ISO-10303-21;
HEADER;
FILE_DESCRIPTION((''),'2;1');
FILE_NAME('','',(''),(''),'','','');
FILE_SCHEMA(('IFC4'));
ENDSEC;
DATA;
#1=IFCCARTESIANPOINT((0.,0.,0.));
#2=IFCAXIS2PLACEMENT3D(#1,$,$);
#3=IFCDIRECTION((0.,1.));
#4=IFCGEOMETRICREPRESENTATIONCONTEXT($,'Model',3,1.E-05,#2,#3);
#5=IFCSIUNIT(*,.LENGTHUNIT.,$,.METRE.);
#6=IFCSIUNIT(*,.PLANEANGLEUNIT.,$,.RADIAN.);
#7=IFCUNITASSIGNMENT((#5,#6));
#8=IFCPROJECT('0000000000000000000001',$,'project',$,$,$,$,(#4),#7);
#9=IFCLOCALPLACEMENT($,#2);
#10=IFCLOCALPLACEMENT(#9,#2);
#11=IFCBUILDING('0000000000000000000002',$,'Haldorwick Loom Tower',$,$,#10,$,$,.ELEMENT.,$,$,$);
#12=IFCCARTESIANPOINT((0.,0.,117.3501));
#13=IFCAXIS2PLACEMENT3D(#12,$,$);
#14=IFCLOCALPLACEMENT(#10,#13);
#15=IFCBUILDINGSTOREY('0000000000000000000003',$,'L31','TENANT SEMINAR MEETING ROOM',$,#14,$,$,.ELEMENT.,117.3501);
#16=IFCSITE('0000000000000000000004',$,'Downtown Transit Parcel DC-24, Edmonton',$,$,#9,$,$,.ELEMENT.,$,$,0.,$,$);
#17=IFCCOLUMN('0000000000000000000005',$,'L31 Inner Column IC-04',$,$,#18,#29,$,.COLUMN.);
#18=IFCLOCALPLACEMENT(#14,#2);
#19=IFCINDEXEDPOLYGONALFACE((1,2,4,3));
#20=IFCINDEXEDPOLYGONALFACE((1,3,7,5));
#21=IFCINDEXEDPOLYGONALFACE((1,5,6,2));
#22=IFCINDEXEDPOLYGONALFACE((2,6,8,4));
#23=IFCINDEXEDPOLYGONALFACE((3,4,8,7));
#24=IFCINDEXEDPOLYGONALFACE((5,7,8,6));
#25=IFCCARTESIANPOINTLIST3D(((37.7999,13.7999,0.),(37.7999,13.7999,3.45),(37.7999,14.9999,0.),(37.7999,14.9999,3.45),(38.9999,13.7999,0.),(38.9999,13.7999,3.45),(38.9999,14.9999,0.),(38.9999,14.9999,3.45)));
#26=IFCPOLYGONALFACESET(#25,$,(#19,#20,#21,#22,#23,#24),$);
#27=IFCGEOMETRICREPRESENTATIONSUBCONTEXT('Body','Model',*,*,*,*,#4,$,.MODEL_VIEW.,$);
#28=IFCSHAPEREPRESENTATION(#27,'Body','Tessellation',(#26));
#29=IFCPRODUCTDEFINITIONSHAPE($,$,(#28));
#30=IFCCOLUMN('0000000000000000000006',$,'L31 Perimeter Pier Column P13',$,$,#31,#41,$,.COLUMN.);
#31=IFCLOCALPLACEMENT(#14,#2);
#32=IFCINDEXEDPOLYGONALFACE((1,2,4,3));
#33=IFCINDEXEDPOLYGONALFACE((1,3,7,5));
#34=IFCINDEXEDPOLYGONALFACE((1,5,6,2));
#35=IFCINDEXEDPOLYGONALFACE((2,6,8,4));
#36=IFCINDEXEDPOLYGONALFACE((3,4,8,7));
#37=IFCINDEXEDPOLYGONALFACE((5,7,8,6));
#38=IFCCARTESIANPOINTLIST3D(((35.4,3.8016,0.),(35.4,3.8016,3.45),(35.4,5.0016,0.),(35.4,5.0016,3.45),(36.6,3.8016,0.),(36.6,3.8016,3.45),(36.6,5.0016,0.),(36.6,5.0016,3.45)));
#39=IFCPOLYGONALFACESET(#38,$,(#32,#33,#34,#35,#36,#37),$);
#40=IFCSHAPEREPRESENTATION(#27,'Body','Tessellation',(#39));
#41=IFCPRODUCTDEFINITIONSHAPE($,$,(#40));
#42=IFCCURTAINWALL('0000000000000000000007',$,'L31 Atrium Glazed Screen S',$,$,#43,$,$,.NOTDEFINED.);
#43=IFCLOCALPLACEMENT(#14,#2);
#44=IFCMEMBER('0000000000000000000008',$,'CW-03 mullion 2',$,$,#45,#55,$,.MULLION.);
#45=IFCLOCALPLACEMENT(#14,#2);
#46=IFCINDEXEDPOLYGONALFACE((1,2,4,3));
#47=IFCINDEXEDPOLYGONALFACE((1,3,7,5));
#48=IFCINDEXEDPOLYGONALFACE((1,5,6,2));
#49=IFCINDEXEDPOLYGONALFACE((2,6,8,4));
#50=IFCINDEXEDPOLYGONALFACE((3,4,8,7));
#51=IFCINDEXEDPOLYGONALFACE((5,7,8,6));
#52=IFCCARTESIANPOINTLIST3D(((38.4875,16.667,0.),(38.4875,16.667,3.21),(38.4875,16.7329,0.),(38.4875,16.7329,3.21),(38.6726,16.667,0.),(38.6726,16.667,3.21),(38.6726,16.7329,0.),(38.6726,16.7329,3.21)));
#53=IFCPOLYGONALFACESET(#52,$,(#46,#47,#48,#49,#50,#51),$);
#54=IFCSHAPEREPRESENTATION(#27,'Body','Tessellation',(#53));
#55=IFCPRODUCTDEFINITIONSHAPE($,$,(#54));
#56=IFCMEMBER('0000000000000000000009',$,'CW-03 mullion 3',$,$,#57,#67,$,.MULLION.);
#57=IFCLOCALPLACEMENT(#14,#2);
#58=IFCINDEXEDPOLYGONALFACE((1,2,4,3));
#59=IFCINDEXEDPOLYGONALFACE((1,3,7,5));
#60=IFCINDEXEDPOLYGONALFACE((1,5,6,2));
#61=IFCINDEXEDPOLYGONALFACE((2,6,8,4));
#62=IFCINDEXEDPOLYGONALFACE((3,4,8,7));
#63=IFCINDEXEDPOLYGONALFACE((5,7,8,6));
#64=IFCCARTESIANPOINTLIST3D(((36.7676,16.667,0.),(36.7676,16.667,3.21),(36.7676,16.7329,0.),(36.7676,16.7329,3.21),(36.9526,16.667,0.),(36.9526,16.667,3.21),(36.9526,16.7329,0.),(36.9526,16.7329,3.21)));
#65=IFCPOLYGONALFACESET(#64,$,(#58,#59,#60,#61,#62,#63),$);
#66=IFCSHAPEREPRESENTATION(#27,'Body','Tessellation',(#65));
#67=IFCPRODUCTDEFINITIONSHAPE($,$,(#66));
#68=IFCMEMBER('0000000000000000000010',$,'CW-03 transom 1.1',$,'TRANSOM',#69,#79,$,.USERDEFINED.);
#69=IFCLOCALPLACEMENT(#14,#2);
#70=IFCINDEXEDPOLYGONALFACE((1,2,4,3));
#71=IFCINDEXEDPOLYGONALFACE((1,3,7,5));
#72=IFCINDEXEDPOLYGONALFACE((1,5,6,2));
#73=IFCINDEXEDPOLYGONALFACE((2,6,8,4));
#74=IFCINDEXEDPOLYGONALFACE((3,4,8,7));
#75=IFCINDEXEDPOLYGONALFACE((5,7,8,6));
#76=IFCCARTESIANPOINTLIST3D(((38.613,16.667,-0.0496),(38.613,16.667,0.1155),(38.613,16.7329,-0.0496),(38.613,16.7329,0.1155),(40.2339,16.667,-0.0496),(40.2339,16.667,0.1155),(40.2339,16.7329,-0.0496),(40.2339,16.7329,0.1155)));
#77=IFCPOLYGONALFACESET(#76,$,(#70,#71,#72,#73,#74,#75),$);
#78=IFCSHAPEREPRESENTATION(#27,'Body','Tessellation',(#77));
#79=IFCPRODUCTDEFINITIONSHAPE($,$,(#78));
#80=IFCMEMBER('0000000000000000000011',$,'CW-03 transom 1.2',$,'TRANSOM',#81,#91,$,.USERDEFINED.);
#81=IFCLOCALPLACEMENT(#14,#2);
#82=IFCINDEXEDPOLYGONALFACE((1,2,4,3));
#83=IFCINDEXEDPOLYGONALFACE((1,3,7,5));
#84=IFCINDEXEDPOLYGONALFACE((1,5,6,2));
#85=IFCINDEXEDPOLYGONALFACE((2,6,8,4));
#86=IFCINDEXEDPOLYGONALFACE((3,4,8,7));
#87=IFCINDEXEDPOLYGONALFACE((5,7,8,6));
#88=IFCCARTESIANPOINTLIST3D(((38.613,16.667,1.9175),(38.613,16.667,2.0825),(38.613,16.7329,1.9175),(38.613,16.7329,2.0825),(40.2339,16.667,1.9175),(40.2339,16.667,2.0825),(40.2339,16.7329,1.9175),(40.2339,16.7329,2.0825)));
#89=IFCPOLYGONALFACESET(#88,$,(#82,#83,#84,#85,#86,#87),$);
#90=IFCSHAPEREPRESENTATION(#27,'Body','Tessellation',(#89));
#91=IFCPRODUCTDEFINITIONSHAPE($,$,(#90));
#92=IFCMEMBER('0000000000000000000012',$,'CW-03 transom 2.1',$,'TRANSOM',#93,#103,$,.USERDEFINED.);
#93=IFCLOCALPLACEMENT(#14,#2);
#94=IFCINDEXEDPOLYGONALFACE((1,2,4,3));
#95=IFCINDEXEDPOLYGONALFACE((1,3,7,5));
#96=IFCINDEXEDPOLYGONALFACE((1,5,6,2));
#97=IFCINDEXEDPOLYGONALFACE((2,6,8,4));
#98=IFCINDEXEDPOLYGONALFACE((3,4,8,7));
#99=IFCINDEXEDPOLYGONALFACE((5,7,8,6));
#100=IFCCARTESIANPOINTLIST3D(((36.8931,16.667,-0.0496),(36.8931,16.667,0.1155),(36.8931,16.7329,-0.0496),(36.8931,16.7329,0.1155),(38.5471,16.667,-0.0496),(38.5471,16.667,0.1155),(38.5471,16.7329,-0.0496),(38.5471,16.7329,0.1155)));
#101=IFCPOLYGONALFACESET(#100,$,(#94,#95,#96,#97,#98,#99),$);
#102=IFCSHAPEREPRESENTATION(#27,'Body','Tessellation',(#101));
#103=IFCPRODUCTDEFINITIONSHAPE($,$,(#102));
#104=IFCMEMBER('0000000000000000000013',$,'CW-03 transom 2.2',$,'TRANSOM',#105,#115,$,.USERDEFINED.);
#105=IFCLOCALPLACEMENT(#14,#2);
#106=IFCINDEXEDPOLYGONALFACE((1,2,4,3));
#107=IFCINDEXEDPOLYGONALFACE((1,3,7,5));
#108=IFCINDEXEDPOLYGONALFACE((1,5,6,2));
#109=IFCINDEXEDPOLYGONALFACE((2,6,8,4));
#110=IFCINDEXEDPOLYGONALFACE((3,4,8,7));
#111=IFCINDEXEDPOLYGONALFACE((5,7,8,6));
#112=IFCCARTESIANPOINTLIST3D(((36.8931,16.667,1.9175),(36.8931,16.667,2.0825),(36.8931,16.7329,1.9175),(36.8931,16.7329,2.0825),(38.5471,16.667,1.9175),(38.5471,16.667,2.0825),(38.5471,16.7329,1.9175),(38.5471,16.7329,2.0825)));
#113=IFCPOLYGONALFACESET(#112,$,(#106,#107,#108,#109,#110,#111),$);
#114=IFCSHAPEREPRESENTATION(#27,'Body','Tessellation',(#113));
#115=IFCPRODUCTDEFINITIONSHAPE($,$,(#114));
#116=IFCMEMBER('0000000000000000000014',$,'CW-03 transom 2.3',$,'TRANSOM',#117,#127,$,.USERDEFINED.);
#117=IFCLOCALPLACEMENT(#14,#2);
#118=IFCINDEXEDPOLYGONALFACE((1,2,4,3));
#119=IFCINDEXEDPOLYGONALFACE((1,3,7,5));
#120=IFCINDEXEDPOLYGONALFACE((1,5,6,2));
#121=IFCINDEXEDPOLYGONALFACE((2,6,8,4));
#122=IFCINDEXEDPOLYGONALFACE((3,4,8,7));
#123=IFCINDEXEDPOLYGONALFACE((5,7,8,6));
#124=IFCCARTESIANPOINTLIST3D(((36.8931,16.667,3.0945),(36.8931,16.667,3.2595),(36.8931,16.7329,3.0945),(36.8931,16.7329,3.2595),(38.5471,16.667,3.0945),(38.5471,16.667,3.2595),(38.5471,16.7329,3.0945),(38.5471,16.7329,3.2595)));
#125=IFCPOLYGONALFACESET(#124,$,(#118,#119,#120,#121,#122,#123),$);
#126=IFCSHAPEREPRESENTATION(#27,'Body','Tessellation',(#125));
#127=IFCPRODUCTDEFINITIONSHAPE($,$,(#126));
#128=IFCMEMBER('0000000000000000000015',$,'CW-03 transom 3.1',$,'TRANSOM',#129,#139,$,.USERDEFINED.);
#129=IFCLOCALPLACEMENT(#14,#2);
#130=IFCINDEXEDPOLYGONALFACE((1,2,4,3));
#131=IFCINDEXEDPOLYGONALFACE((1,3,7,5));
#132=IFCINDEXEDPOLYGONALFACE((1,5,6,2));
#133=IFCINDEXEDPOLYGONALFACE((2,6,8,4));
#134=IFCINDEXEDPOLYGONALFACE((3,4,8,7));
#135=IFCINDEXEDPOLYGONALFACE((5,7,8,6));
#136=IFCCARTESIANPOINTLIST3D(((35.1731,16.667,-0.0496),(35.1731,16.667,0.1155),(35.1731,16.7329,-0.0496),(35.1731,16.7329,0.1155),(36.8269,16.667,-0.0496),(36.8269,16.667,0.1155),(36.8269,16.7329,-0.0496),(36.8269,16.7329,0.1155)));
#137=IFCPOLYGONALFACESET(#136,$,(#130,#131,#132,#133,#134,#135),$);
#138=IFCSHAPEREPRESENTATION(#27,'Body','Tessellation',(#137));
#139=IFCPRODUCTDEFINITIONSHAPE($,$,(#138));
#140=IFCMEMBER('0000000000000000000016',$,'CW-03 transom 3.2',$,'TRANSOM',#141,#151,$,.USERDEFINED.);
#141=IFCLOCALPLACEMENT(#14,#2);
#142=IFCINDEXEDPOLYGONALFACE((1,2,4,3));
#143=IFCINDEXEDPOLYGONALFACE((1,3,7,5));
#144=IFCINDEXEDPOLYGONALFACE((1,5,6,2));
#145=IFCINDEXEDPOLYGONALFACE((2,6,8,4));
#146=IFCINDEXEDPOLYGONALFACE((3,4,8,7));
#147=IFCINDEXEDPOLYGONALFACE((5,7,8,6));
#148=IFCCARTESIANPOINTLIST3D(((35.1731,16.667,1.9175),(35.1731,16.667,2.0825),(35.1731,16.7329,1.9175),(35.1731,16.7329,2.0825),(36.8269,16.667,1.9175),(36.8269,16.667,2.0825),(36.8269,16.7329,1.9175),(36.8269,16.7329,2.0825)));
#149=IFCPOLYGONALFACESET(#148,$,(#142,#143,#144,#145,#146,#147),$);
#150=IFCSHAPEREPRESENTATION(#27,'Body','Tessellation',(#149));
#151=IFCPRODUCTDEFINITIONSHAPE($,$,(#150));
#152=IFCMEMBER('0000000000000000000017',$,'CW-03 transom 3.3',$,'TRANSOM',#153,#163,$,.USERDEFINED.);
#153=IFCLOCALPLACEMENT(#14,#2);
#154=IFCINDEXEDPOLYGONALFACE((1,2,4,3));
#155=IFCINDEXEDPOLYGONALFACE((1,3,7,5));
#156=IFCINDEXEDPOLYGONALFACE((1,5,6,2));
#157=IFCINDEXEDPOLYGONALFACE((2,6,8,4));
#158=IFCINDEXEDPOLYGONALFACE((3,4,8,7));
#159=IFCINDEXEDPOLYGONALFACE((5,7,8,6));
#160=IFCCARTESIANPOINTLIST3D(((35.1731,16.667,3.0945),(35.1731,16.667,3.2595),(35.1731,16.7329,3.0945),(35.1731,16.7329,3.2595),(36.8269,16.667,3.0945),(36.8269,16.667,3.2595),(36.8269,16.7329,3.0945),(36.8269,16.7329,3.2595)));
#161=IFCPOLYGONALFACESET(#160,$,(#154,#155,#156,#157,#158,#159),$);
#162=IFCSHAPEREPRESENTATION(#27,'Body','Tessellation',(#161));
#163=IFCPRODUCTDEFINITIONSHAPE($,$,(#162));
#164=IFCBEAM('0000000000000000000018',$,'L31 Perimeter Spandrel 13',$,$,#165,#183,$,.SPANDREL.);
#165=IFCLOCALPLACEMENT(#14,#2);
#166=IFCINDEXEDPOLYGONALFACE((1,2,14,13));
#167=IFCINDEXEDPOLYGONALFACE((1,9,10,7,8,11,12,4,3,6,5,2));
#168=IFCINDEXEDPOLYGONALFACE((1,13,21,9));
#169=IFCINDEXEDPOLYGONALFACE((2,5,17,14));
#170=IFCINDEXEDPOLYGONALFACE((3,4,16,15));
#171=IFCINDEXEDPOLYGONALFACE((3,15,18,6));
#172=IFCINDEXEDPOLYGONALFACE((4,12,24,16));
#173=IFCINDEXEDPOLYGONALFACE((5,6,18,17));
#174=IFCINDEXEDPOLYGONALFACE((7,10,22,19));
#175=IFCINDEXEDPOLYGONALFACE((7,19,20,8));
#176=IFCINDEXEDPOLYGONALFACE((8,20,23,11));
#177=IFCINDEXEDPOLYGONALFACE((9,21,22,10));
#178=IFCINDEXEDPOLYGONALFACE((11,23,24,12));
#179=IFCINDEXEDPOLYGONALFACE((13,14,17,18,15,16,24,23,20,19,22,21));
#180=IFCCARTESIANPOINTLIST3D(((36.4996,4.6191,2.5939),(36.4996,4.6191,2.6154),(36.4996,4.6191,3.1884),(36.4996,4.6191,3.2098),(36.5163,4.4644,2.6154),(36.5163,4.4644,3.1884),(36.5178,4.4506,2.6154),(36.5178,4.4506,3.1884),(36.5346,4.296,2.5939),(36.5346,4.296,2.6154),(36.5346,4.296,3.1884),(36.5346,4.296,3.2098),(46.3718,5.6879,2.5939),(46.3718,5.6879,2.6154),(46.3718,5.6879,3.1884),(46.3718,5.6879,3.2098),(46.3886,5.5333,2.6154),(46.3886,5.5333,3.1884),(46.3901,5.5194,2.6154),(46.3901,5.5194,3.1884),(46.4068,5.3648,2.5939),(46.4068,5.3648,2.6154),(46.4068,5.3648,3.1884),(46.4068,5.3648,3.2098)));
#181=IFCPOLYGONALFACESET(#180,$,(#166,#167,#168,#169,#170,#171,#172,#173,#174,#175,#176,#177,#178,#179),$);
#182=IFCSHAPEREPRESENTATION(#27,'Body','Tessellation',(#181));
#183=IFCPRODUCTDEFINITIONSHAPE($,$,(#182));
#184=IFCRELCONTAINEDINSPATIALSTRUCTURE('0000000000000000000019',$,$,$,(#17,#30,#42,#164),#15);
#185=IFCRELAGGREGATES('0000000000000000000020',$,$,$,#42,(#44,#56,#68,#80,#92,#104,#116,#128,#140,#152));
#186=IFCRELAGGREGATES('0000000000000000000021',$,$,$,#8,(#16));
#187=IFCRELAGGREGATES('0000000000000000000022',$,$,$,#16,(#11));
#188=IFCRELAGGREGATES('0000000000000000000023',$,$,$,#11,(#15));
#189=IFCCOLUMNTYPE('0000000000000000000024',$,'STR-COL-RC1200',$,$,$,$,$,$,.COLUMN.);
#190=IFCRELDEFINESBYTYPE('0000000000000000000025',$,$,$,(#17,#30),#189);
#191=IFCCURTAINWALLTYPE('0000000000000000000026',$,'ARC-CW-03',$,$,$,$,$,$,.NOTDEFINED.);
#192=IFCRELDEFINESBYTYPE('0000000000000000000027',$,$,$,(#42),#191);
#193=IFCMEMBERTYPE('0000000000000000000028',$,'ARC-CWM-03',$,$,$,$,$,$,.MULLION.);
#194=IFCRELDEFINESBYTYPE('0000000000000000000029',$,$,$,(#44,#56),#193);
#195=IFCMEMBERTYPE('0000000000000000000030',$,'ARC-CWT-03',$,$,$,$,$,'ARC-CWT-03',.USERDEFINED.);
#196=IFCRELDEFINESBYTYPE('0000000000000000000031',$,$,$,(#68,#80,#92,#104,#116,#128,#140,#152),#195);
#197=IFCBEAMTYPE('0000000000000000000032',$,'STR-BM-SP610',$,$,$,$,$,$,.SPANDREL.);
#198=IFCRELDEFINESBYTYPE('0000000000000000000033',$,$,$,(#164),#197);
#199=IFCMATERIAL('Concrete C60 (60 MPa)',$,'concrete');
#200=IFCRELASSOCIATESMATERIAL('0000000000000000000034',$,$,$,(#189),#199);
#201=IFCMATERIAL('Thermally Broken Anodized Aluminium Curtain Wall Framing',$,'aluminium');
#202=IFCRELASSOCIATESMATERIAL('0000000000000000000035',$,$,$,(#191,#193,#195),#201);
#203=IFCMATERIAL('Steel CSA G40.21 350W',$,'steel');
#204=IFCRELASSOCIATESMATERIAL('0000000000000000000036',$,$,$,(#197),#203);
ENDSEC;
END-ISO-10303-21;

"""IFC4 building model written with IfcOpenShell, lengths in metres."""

from ifc_helpers import new_model, si_unit, direction, frame, origin, origin_2d, place, context, subcontext, project, spatial, rectangle, i_section, extrude, material, material_profile, profile_set, type_object, element, aggregate, save


model = new_model("IFC4")

# Units and contexts
model_context = context("Model", 3, precision=1e-05, world=origin(), true_north=direction((0.0, 1.0)))
body_context = subcontext(model_context, "Body", "Model", "MODEL_VIEW")
ifc_project = project(units=[si_unit("LENGTHUNIT", "METRE"), si_unit("PLANEANGLEUNIT", "RADIAN")], contexts=[model_context])

# Site, building, storey
site_placement = place(None, origin())
site = spatial("IfcSite", under=ifc_project, at=site_placement, Name="Downtown Transit Parcel DC-24, Edmonton", CompositionType="ELEMENT", RefElevation=0.0)
building_placement = place(site_placement, origin())
building = spatial("IfcBuilding", under=site, at=building_placement, Name="Haldorwick Loom Tower", CompositionType="ELEMENT")
storey_placement = place(building_placement, frame((0.0, 0.0, 117.3501)))
storey = spatial("IfcBuildingStorey", under=building, at=storey_placement, Name="L31", Description="TENANT SEMINAR MEETING ROOM", CompositionType="ELEMENT", Elevation=117.3501)

# Columns
ifc_material_1 = material(Name="Concrete C60 (60 MPa)", Category="concrete")
ifc_material_profile_1 = material_profile(ifc_material_1, rectangle(XDim=1.2, YDim=1.2, at=origin_2d()), Name="RC1200X1200", Category="concrete")
ifc_profile_set_1 = profile_set([ifc_material_profile_1], Name="Concrete C60 (60 MPa)")
column_type = type_object("IfcColumnType", Name="STR-COL-RC1200", PredefinedType="COLUMN", material=ifc_profile_set_1)
for number, where, z_axis, x_axis, name in (
    (1, (38.3999, 14.3999, 0.0), (0.0, 0.0, 1.0), (1.0, 0.0, 0.0), "L31 Inner Column IC-04"),
    (2, (36.0, 4.4016, 0.0), (0.0, 0.0, 1.0), (0.0, -1.0, 0.0), "L31 Perimeter Pier Column P13"),
):
    element("IfcColumn", number, at=place(storey_placement, frame(where, z_axis=z_axis, x_axis=x_axis)), inside=storey, type_object=column_type, Name=name, PredefinedType="COLUMN", context=body_context, shape_type="SweptSolid", body=[
        extrude(rectangle(XDim=1.2, YDim=1.2, at=origin_2d()), origin(), (0.0, 0.0, 1.0), 3.45),
    ])

# Curtain wall, members
ifc_material_2 = material(Name="Thermally Broken Anodized Aluminium Curtain Wall Framing", Category="aluminium")
curtain_wall_type = type_object("IfcCurtainWallType", Name="ARC-CW-03", PredefinedType="NOTDEFINED", material=ifc_material_2)
curtain_wall_placement = place(storey_placement, origin())
curtain_wall = element("IfcCurtainWall", 3, at=curtain_wall_placement, inside=storey, type_object=curtain_wall_type, Name="L31 Atrium Glazed Screen S", PredefinedType="NOTDEFINED")
ifc_material_profile_2 = material_profile(ifc_material_2, rectangle(XDim=0.0659, YDim=0.1851, at=origin_2d()), Name="ALU_MUL_66X185", Category="aluminium")
ifc_profile_set_2 = profile_set([ifc_material_profile_2], Name="Thermally Broken Anodized Aluminium Curtain Wall Framing")
member_type_1 = type_object("IfcMemberType", Name="ARC-CWM-03", PredefinedType="MULLION", material=ifc_profile_set_2)
member_1_placement = place(storey_placement, frame((38.5801, 16.7, 0.0), z_axis=(0.0, 0.0, 1.0), x_axis=(0.0, -1.0, 0.0)))
member_1 = element("IfcMember", 4, at=member_1_placement, type_object=member_type_1, Name="CW-03 mullion 2", PredefinedType="MULLION", context=body_context, shape_type="SweptSolid", body=[
    extrude(rectangle(XDim=0.0659, YDim=0.1851, at=origin_2d()), origin(), (0.0, 0.0, 1.0), 3.21),
])
member_2_placement = place(storey_placement, frame((36.8601, 16.7, 0.0), z_axis=(0.0, 0.0, 1.0), x_axis=(0.0, -1.0, 0.0)))
member_2 = element("IfcMember", 5, at=member_2_placement, type_object=member_type_1, Name="CW-03 mullion 3", PredefinedType="MULLION", context=body_context, shape_type="SweptSolid", body=[
    extrude(rectangle(XDim=0.0659, YDim=0.1851, at=origin_2d()), origin(), (0.0, 0.0, 1.0), 3.21),
])
ifc_material_profile_3 = material_profile(ifc_material_2, rectangle(XDim=0.0659, YDim=0.165, at=origin_2d()), Name="ALU_TRN_66X165", Category="aluminium")
ifc_profile_set_3 = profile_set([ifc_material_profile_3], Name="Thermally Broken Anodized Aluminium Curtain Wall Framing")
member_type_2 = type_object("IfcMemberType", Name="ARC-CWT-03", ElementType="ARC-CWT-03", PredefinedType="USERDEFINED", material=ifc_profile_set_3)
member_3_placement = place(storey_placement, frame((40.2339, 16.7, 0.033), z_axis=(-1.0, 0.0, 0.0), x_axis=(0.0, -1.0, 0.0)))
member_3 = element("IfcMember", 6, at=member_3_placement, type_object=member_type_2, Name="CW-03 transom 1.1", ObjectType="TRANSOM", PredefinedType="USERDEFINED", context=body_context, shape_type="SweptSolid", body=[
    extrude(rectangle(XDim=0.0659, YDim=0.165, at=origin_2d()), origin(), (0.0, 0.0, 1.0), 1.6208),
])
member_4_placement = place(storey_placement, frame((40.2339, 16.7, 2.0), z_axis=(-1.0, 0.0, 0.0), x_axis=(0.0, -1.0, 0.0)))
member_4 = element("IfcMember", 7, at=member_4_placement, type_object=member_type_2, Name="CW-03 transom 1.2", ObjectType="TRANSOM", PredefinedType="USERDEFINED", context=body_context, shape_type="SweptSolid", body=[
    extrude(rectangle(XDim=0.0659, YDim=0.165, at=origin_2d()), origin(), (0.0, 0.0, 1.0), 1.6208),
])
member_5_placement = place(storey_placement, frame((38.5471, 16.7, 0.033), z_axis=(-1.0, 0.0, 0.0), x_axis=(0.0, -1.0, 0.0)))
member_5 = element("IfcMember", 8, at=member_5_placement, type_object=member_type_2, Name="CW-03 transom 2.1", ObjectType="TRANSOM", PredefinedType="USERDEFINED", context=body_context, shape_type="SweptSolid", body=[
    extrude(rectangle(XDim=0.0659, YDim=0.165, at=origin_2d()), origin(), (0.0, 0.0, 1.0), 1.6541),
])
member_6_placement = place(storey_placement, frame((38.5471, 16.7, 2.0), z_axis=(-1.0, 0.0, 0.0), x_axis=(0.0, -1.0, 0.0)))
member_6 = element("IfcMember", 9, at=member_6_placement, type_object=member_type_2, Name="CW-03 transom 2.2", ObjectType="TRANSOM", PredefinedType="USERDEFINED", context=body_context, shape_type="SweptSolid", body=[
    extrude(rectangle(XDim=0.0659, YDim=0.165, at=origin_2d()), origin(), (0.0, 0.0, 1.0), 1.6541),
])
member_7_placement = place(storey_placement, frame((38.5471, 16.7, 3.177), z_axis=(-1.0, 0.0, 0.0), x_axis=(0.0, -1.0, 0.0)))
member_7 = element("IfcMember", 10, at=member_7_placement, type_object=member_type_2, Name="CW-03 transom 2.3", ObjectType="TRANSOM", PredefinedType="USERDEFINED", context=body_context, shape_type="SweptSolid", body=[
    extrude(rectangle(XDim=0.0659, YDim=0.165, at=origin_2d()), origin(), (0.0, 0.0, 1.0), 1.6541),
])
member_8_placement = place(storey_placement, frame((36.8269, 16.7, 0.033), z_axis=(-1.0, 0.0, 0.0), x_axis=(0.0, -1.0, 0.0)))
member_8 = element("IfcMember", 11, at=member_8_placement, type_object=member_type_2, Name="CW-03 transom 3.1", ObjectType="TRANSOM", PredefinedType="USERDEFINED", context=body_context, shape_type="SweptSolid", body=[
    extrude(rectangle(XDim=0.0659, YDim=0.165, at=origin_2d()), origin(), (0.0, 0.0, 1.0), 1.6538),
])
member_9_placement = place(storey_placement, frame((36.8269, 16.7, 2.0), z_axis=(-1.0, 0.0, 0.0), x_axis=(0.0, -1.0, 0.0)))
member_9 = element("IfcMember", 12, at=member_9_placement, type_object=member_type_2, Name="CW-03 transom 3.2", ObjectType="TRANSOM", PredefinedType="USERDEFINED", context=body_context, shape_type="SweptSolid", body=[
    extrude(rectangle(XDim=0.0659, YDim=0.165, at=origin_2d()), origin(), (0.0, 0.0, 1.0), 1.6538),
])
member_10_placement = place(storey_placement, frame((36.8269, 16.7, 3.177), z_axis=(-1.0, 0.0, 0.0), x_axis=(0.0, -1.0, 0.0)))
member_10 = element("IfcMember", 13, at=member_10_placement, type_object=member_type_2, Name="CW-03 transom 3.3", ObjectType="TRANSOM", PredefinedType="USERDEFINED", context=body_context, shape_type="SweptSolid", body=[
    extrude(rectangle(XDim=0.0659, YDim=0.165, at=origin_2d()), origin(), (0.0, 0.0, 1.0), 1.6538),
])

# Beam
ifc_material_3 = material(Name="Steel CSA G40.21 350W", Category="steel")
ifc_material_profile_4 = material_profile(ifc_material_3, i_section(OverallWidth=0.325, OverallDepth=0.616, WebThickness=0.0139, FlangeThickness=0.0215, at=origin_2d()), Name="W610X174", Category="steel")
ifc_profile_set_4 = profile_set([ifc_material_profile_4], Name="Steel CSA G40.21 350W")
beam_type_1 = type_object("IfcBeamType", Name="STR-BM-SP610", PredefinedType="SPANDREL", material=ifc_profile_set_4)
beam_1_placement = place(storey_placement, frame((36.5171, 4.4575, 2.9019), z_axis=(0.99419, 0.107638, 0.0), x_axis=(-0.107638, 0.99419, 0.0)))
element("IfcBeam", 14, at=beam_1_placement, inside=storey, type_object=beam_type_1, Name="L31 Perimeter Spandrel 13", PredefinedType="SPANDREL", context=body_context, shape_type="SweptSolid", body=[
    extrude(i_section(OverallWidth=0.325, OverallDepth=0.616, WebThickness=0.0139, FlangeThickness=0.0215, at=origin_2d()), origin(), (0.0, 0.0, 1.0), 9.9299),
])

aggregate(curtain_wall, [member_1, member_2, member_3, member_4, member_5, member_6, member_7, member_8, member_9, member_10])

save(model, "model.ifc")
